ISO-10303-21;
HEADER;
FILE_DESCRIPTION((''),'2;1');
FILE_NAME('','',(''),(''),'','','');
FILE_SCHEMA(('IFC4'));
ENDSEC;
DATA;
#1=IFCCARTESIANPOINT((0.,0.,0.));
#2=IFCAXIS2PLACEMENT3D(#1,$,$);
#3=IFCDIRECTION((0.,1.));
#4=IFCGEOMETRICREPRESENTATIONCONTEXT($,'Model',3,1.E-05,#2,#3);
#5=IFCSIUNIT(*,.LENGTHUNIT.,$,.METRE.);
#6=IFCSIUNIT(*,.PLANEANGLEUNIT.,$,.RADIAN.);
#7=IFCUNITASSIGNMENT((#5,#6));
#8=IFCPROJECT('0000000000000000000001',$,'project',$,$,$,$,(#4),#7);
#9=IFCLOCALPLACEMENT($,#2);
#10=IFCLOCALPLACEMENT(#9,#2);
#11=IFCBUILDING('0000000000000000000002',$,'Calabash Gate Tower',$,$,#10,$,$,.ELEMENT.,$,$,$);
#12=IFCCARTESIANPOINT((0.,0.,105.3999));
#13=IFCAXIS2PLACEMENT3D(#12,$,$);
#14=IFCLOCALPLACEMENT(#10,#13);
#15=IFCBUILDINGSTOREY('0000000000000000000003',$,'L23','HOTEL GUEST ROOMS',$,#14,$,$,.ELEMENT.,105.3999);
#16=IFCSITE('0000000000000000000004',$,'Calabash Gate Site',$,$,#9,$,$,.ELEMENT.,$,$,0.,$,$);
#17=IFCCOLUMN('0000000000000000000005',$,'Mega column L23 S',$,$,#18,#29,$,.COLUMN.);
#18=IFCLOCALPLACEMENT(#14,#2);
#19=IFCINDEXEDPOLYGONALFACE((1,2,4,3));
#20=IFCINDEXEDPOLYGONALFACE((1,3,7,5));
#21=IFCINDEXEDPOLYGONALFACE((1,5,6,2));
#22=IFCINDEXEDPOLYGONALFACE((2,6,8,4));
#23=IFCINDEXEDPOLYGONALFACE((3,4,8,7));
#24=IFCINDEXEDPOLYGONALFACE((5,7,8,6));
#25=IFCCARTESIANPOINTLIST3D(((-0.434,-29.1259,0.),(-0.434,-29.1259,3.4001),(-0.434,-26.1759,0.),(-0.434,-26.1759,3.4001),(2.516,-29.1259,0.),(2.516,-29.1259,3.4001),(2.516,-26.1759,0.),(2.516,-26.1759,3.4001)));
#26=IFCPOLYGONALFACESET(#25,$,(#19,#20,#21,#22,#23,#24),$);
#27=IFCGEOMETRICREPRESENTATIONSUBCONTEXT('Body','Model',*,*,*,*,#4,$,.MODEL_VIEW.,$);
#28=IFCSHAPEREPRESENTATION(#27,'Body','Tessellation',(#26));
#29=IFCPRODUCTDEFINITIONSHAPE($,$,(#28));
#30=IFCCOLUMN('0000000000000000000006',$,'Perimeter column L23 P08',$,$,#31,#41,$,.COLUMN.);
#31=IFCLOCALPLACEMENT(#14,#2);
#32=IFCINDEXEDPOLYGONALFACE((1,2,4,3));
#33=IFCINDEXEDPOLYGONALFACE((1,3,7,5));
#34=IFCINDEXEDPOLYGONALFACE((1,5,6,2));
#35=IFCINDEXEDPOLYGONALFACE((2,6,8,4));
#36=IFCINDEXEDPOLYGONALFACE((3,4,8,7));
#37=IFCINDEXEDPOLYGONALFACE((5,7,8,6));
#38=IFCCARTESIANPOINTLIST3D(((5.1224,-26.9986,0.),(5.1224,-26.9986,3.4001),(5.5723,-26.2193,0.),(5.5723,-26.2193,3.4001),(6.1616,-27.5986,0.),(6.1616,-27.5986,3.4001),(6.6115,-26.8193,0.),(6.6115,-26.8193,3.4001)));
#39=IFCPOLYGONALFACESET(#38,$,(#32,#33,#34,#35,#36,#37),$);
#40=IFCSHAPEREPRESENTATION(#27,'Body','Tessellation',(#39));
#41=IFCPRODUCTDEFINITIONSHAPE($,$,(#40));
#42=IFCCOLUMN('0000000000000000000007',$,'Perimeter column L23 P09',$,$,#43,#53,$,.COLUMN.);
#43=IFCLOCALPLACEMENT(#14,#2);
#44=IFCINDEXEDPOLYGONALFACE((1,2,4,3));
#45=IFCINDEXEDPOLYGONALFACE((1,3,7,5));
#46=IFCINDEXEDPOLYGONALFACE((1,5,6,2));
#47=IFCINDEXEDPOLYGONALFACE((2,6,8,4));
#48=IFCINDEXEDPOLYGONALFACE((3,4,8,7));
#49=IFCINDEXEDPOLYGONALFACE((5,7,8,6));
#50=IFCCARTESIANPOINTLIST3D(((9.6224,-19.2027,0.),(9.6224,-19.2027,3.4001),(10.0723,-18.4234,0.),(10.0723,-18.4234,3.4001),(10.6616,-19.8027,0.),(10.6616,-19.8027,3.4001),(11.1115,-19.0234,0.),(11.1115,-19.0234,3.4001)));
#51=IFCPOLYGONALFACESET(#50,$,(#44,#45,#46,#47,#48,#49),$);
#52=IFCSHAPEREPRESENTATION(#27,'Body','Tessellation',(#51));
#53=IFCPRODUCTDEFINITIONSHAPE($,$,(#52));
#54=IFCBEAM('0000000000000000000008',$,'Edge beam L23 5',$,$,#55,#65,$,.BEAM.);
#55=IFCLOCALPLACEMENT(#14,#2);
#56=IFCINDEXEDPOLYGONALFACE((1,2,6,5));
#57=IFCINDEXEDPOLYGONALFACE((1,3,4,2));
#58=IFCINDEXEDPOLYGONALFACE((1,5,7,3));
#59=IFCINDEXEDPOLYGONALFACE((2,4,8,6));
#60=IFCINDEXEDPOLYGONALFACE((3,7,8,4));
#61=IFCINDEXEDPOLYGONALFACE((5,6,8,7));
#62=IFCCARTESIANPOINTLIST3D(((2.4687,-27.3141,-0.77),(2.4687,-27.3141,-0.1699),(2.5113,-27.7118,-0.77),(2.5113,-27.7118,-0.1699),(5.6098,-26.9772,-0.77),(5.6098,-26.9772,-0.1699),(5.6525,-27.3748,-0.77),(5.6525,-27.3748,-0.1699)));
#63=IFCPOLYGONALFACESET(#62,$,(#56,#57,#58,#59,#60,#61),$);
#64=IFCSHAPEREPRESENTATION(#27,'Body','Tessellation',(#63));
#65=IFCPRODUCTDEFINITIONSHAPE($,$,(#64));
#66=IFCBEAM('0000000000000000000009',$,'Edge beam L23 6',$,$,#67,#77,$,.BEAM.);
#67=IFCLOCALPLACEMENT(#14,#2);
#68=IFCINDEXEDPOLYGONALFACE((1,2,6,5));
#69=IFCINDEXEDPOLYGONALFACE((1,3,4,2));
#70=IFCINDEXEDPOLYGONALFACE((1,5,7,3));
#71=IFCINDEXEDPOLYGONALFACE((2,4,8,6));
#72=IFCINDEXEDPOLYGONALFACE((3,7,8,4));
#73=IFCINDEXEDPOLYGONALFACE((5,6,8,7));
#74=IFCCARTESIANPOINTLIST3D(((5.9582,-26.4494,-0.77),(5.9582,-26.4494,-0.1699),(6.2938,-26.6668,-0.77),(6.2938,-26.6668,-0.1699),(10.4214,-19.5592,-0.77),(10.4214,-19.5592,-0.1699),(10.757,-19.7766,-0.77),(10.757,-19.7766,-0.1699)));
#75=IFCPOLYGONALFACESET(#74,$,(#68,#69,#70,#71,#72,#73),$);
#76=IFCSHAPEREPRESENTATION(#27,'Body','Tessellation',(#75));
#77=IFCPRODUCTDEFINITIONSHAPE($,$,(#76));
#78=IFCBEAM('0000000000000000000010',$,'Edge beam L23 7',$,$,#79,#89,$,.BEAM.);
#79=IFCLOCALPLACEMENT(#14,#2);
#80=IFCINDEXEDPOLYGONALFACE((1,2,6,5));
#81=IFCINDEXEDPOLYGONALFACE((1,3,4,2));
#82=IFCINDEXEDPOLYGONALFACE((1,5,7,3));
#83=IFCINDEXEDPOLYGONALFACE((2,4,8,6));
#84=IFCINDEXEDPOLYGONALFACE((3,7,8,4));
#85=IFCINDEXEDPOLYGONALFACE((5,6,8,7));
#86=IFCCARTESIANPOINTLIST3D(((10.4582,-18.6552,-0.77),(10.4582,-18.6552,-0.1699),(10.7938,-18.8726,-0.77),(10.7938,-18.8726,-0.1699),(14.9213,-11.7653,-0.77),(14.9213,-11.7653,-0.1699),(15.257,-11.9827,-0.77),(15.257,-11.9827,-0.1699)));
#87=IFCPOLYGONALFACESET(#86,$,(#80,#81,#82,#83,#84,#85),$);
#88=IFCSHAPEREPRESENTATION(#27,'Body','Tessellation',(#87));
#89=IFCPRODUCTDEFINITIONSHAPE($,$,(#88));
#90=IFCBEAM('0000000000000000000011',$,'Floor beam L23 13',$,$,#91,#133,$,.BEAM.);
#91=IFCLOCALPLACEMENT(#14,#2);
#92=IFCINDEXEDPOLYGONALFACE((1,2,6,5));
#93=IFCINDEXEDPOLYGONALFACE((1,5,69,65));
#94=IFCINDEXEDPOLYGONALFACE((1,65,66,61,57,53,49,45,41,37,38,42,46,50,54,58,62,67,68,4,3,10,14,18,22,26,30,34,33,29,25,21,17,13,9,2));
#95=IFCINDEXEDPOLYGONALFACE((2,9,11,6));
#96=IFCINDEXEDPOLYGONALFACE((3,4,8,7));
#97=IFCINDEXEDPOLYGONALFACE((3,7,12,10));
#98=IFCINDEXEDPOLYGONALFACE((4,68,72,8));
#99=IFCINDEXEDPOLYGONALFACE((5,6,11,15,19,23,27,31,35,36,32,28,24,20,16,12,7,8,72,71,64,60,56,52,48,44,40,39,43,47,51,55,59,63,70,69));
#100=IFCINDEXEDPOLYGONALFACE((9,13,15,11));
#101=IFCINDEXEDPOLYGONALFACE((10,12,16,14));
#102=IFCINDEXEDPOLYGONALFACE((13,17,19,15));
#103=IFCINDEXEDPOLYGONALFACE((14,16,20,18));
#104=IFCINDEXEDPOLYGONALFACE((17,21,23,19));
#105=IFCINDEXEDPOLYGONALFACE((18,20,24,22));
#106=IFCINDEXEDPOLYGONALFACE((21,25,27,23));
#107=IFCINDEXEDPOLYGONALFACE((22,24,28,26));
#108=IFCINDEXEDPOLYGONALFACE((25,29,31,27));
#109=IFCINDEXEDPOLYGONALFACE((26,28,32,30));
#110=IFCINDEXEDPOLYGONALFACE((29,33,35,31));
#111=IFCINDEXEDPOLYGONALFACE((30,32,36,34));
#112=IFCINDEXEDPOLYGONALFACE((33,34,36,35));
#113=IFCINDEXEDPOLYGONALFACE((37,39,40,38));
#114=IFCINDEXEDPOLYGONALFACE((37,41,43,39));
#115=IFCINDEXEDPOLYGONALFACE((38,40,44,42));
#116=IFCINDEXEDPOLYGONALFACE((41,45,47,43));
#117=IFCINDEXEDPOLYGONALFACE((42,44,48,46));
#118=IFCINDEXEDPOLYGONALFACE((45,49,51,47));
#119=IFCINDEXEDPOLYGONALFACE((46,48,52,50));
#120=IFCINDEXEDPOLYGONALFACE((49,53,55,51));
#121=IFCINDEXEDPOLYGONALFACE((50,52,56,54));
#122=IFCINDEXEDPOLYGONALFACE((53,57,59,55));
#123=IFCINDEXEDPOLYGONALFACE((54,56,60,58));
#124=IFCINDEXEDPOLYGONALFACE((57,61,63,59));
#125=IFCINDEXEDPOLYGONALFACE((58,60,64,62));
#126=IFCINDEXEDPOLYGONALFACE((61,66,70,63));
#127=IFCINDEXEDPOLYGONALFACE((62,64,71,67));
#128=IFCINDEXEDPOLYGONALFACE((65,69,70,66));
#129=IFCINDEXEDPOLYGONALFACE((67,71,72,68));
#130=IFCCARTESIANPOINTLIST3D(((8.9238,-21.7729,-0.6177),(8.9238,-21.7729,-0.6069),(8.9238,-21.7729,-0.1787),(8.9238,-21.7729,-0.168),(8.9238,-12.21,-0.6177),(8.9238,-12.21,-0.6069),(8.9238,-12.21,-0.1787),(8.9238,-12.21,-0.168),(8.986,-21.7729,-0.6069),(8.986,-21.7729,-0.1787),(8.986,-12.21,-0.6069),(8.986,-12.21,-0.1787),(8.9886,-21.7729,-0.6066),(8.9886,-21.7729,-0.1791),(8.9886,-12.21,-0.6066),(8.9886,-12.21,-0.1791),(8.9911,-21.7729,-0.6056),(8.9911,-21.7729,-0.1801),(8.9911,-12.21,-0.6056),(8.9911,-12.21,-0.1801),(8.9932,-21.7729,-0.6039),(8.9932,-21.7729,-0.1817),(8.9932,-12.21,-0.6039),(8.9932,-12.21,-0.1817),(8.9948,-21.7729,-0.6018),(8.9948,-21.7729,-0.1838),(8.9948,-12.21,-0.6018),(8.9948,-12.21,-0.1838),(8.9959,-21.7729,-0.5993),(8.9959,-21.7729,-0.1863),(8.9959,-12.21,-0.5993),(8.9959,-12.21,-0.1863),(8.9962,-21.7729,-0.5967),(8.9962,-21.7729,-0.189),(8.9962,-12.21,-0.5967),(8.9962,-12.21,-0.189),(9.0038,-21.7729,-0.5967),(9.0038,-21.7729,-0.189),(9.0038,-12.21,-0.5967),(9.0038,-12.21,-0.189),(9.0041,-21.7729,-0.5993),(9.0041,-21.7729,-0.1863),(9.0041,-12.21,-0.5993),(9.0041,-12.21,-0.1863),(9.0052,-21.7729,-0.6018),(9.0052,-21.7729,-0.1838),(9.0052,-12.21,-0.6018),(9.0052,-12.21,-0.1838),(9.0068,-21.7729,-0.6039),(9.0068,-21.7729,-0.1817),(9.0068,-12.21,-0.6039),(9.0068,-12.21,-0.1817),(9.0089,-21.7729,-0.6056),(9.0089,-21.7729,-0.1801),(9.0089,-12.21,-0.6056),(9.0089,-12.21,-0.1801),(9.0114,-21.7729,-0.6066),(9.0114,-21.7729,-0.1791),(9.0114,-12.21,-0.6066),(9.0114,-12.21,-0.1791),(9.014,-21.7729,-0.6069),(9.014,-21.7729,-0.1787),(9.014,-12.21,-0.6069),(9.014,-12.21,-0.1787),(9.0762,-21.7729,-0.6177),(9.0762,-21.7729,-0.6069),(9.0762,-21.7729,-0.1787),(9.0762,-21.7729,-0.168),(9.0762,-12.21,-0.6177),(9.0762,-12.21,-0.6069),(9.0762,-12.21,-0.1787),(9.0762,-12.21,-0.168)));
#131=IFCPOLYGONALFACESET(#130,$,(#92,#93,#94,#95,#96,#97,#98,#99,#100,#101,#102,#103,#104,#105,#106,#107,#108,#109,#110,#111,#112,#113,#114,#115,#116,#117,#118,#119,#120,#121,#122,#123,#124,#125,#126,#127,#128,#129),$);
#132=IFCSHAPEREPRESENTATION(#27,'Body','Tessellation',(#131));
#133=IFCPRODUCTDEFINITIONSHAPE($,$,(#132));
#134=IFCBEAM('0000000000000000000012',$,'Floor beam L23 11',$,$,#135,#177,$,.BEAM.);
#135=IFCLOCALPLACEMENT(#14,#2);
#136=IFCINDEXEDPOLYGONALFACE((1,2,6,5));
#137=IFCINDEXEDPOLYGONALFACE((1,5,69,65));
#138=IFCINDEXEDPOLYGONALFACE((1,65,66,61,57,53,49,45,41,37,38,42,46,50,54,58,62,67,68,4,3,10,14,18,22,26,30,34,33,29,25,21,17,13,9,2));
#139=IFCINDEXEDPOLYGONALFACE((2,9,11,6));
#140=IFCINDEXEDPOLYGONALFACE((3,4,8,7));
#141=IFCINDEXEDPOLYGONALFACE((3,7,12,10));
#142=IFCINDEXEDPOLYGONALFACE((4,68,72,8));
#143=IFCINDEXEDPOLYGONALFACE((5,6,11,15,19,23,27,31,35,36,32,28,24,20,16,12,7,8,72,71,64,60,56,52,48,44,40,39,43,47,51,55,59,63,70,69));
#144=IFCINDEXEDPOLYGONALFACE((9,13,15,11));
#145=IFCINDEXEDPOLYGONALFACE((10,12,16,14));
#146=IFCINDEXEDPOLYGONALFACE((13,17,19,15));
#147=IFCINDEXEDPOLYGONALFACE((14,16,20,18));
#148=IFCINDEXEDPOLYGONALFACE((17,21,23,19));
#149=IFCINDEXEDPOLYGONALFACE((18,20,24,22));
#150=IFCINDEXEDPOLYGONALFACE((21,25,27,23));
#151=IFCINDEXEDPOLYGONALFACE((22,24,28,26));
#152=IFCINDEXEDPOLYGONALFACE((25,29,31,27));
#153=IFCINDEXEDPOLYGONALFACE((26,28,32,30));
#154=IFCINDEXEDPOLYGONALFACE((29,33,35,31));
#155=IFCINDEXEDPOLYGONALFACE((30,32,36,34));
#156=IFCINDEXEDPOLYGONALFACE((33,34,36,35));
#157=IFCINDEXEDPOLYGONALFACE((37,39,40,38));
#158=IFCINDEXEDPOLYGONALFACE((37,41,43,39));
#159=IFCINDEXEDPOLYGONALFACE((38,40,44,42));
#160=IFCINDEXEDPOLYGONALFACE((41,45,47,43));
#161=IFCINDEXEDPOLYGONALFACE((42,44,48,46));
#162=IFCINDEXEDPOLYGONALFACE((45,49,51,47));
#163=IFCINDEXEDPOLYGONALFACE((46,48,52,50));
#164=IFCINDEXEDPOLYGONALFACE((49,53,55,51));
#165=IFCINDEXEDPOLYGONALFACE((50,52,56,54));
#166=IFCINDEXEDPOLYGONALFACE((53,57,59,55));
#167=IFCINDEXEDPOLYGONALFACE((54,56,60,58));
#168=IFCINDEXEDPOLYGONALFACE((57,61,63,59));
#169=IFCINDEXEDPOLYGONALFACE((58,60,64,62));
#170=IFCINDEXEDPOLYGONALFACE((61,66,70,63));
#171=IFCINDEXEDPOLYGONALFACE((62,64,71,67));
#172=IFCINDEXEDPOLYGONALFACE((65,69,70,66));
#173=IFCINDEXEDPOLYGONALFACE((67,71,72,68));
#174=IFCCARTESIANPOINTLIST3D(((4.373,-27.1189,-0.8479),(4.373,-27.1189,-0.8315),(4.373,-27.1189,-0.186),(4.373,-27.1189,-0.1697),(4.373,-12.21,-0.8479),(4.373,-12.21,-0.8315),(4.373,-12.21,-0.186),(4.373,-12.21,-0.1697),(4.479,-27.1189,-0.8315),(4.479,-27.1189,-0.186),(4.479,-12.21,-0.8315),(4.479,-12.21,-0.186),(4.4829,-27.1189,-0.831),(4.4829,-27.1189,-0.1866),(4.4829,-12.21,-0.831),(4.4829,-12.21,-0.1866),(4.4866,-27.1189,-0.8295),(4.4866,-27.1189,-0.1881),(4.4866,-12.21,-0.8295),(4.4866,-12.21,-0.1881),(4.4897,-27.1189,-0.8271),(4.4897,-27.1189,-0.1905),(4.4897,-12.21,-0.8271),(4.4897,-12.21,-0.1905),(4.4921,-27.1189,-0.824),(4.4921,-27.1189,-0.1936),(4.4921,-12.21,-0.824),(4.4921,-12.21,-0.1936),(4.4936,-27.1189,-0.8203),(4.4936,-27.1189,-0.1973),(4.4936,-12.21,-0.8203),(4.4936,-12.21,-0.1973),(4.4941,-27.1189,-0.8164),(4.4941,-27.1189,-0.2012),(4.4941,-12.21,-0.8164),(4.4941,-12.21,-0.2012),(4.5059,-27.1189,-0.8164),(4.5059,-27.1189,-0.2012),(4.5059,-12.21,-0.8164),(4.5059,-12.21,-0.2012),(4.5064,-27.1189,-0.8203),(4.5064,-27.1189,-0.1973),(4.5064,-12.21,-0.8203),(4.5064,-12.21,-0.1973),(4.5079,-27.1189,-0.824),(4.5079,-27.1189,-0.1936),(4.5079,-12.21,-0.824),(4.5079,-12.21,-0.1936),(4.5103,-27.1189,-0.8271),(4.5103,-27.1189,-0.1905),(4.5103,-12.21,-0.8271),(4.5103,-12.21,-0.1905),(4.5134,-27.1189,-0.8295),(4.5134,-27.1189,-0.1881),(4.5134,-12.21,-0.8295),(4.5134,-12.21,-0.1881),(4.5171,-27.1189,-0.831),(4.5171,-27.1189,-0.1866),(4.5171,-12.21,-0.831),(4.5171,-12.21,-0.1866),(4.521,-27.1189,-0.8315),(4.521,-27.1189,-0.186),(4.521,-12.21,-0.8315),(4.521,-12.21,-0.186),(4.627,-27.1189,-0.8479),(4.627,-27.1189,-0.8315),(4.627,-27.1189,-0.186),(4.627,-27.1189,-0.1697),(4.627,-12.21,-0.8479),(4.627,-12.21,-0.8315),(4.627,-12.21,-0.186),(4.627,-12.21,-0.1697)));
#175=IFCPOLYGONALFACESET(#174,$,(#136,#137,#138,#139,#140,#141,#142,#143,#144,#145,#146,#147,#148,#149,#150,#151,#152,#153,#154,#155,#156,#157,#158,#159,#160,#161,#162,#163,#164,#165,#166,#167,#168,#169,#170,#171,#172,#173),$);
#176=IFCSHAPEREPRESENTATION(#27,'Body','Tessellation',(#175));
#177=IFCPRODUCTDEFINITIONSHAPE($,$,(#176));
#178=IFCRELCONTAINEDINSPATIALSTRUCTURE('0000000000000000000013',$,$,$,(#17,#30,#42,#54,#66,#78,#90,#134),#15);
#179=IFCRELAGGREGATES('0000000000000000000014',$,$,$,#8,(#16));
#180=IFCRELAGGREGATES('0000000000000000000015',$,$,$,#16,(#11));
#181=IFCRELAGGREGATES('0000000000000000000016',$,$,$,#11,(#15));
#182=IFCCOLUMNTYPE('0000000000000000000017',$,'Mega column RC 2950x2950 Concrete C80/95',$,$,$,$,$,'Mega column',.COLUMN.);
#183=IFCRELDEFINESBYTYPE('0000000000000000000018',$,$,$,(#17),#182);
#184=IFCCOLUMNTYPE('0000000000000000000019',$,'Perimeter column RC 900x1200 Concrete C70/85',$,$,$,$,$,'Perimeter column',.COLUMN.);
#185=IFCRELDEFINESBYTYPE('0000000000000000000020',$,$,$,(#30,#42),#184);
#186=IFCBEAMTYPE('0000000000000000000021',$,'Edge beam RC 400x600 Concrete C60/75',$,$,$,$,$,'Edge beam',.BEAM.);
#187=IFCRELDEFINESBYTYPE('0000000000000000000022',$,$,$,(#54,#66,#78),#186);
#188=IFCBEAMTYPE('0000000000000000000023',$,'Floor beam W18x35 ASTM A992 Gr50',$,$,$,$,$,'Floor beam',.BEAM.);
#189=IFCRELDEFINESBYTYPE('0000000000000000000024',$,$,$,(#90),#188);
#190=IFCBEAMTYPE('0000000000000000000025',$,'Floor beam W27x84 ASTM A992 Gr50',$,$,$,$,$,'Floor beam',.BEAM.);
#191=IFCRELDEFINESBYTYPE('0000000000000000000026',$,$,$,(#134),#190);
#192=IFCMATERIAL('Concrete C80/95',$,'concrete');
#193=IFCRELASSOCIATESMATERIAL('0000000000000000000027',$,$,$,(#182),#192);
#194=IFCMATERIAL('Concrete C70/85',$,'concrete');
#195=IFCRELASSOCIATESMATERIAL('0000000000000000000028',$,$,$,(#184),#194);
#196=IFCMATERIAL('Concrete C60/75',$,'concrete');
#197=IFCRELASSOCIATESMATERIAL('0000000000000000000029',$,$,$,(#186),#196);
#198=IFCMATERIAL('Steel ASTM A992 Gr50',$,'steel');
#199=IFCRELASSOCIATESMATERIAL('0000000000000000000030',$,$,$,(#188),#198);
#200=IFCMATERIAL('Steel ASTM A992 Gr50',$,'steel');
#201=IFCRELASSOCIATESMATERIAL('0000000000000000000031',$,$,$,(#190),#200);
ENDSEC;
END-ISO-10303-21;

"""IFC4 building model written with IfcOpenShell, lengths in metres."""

from ifc_helpers import new_model, si_unit, direction, frame, origin, origin_2d, place, context, subcontext, project, spatial, rectangle, i_section, extrude, material, material_profile, profile_set, type_object, element, save


model = new_model("IFC4")

# Units and contexts
model_context = context("Model", 3, precision=1e-05, world=origin(), true_north=direction((0.0, 1.0)))
body_context = subcontext(model_context, "Body", "Model", "MODEL_VIEW")
ifc_project = project(units=[si_unit("LENGTHUNIT", "METRE"), si_unit("PLANEANGLEUNIT", "RADIAN")], contexts=[model_context])

# Site, building, storey
site_placement = place(None, origin())
site = spatial("IfcSite", under=ifc_project, at=site_placement, Name="Calabash Gate Site", CompositionType="ELEMENT", RefElevation=0.0)
building_placement = place(site_placement, origin())
building = spatial("IfcBuilding", under=site, at=building_placement, Name="Calabash Gate Tower", CompositionType="ELEMENT")
storey_placement = place(building_placement, frame((0.0, 0.0, 105.3999)))
storey = spatial("IfcBuildingStorey", under=building, at=storey_placement, Name="L23", Description="HOTEL GUEST ROOMS", CompositionType="ELEMENT", Elevation=105.3999)

# Columns
ifc_material_1 = material(Name="Concrete C80/95", Category="concrete")
ifc_material_profile_1 = material_profile(ifc_material_1, rectangle(XDim=2.95, YDim=2.95, at=origin_2d()))
ifc_profile_set_1 = profile_set([ifc_material_profile_1], Name="Concrete C80/95")
column_type_1 = type_object("IfcColumnType", Name="Mega column RC 2950x2950 Concrete C80/95", ElementType="Mega column", PredefinedType="COLUMN", material=ifc_profile_set_1)
column_placement = place(storey_placement, frame((1.041, -27.6509, 0.0), z_axis=(0.0, 0.0, 1.0), x_axis=(0.0, 1.0, 0.0)))
element("IfcColumn", 1, at=column_placement, inside=storey, type_object=column_type_1, Name="Mega column L23 S", PredefinedType="COLUMN", context=body_context, shape_type="SweptSolid", body=[
    extrude(rectangle(XDim=2.95, YDim=2.95, at=origin_2d()), origin(), (0.0, 0.0, 1.0), 3.4001),
])
ifc_material_2 = material(Name="Concrete C70/85", Category="concrete")
ifc_material_profile_2 = material_profile(ifc_material_2, rectangle(XDim=0.8999, YDim=1.2, at=origin_2d()))
ifc_profile_set_2 = profile_set([ifc_material_profile_2], Name="Concrete C70/85")
column_type_2 = type_object("IfcColumnType", Name="Perimeter column RC 900x1200 Concrete C70/85", ElementType="Perimeter column", PredefinedType="COLUMN", material=ifc_profile_set_2)
for number, where, z_axis, x_axis, name in (
    (2, (5.8669, -26.9089, 0.0), (0.0, 0.0, 1.0), (0.5, 0.866025, 0.0), "Perimeter column L23 P08"),
    (3, (10.3669, -19.113, 0.0), (0.0, 0.0, 1.0), (0.5, 0.866025, 0.0), "Perimeter column L23 P09"),
):
    element("IfcColumn", number, at=place(storey_placement, frame(where, z_axis=z_axis, x_axis=x_axis)), inside=storey, type_object=column_type_2, Name=name, PredefinedType="COLUMN", context=body_context, shape_type="SweptSolid", body=[
        extrude(rectangle(XDim=0.8999, YDim=1.2, at=origin_2d()), origin(), (0.0, 0.0, 1.0), 3.4001),
    ])

# Beams
ifc_material_3 = material(Name="Concrete C60/75", Category="concrete")
ifc_material_profile_3 = material_profile(ifc_material_3, rectangle(XDim=0.3999, YDim=0.6001, at=origin_2d()))
ifc_profile_set_3 = profile_set([ifc_material_profile_3], Name="Concrete C60/75")
beam_type_1 = type_object("IfcBeamType", Name="Edge beam RC 400x600 Concrete C60/75", ElementType="Edge beam", PredefinedType="BEAM", material=ifc_profile_set_3)
beam_1_placement = place(storey_placement, frame((2.49, -27.5129, -0.47), z_axis=(0.994297, 0.106648, 0.0), x_axis=(-0.106648, 0.994297, 0.0)))
element("IfcBeam", 4, at=beam_1_placement, inside=storey, type_object=beam_type_1, Name="Edge beam L23 5", PredefinedType="BEAM", context=body_context, shape_type="SweptSolid", body=[
    extrude(rectangle(XDim=0.3999, YDim=0.6001, at=origin_2d()), origin(), (0.0, 0.0, 1.0), 3.1592),
])
beam_2_placement = place(storey_placement, frame((6.126, -26.5581, -0.47), z_axis=(0.543664, 0.839303, 0.0), x_axis=(-0.839303, 0.543664, 0.0)))
element("IfcBeam", 5, at=beam_2_placement, inside=storey, type_object=beam_type_1, Name="Edge beam L23 6", PredefinedType="BEAM", context=body_context, shape_type="SweptSolid", body=[
    extrude(rectangle(XDim=0.3999, YDim=0.6001, at=origin_2d()), origin(), (0.0, 0.0, 1.0), 8.2095),
])
beam_3_placement = place(storey_placement, frame((10.626, -18.7639, -0.47), z_axis=(0.543678, 0.839294, 0.0), x_axis=(-0.839294, 0.543678, 0.0)))
element("IfcBeam", 6, at=beam_3_placement, inside=storey, type_object=beam_type_1, Name="Edge beam L23 7", PredefinedType="BEAM", context=body_context, shape_type="SweptSolid", body=[
    extrude(rectangle(XDim=0.3999, YDim=0.6001, at=origin_2d()), origin(), (0.0, 0.0, 1.0), 8.2092),
])
ifc_material_4 = material(Name="Steel ASTM A992 Gr50", Category="steel")
ifc_material_profile_4 = material_profile(ifc_material_4, i_section(OverallWidth=0.1523, OverallDepth=0.4497, WebThickness=0.0076, FlangeThickness=0.0107, FilletRadius=0.0103, at=origin_2d()))
ifc_profile_set_4 = profile_set([ifc_material_profile_4], Name="Steel ASTM A992 Gr50")
beam_type_2 = type_object("IfcBeamType", Name="Floor beam W18x35 ASTM A992 Gr50", ElementType="Floor beam", PredefinedType="BEAM", material=ifc_profile_set_4)
beam_4_placement = place(storey_placement, frame((9.0, -21.7729, -0.3928), z_axis=(0.0, 1.0, 0.0), x_axis=(-1.0, 0.0, 0.0)))
element("IfcBeam", 7, at=beam_4_placement, inside=storey, type_object=beam_type_2, Name="Floor beam L23 13", PredefinedType="BEAM", context=body_context, shape_type="SweptSolid", body=[
    extrude(i_section(OverallWidth=0.1523, OverallDepth=0.4497, WebThickness=0.0076, FlangeThickness=0.0107, FilletRadius=0.0103, at=origin_2d()), origin(), (0.0, 0.0, 1.0), 9.563),
])
ifc_material_5 = material(Name="Steel ASTM A992 Gr50", Category="steel")
ifc_material_profile_5 = material_profile(ifc_material_5, i_section(OverallWidth=0.2539, OverallDepth=0.6782, WebThickness=0.0117, FlangeThickness=0.0164, FilletRadius=0.0151, at=origin_2d()))
ifc_profile_set_5 = profile_set([ifc_material_profile_5], Name="Steel ASTM A992 Gr50")
beam_type_3 = type_object("IfcBeamType", Name="Floor beam W27x84 ASTM A992 Gr50", ElementType="Floor beam", PredefinedType="BEAM", material=ifc_profile_set_5)
beam_5_placement = place(storey_placement, frame((4.5, -27.1189, -0.5088), z_axis=(0.0, 1.0, 0.0), x_axis=(-1.0, 0.0, 0.0)))
element("IfcBeam", 8, at=beam_5_placement, inside=storey, type_object=beam_type_3, Name="Floor beam L23 11", PredefinedType="BEAM", context=body_context, shape_type="SweptSolid", body=[
    extrude(i_section(OverallWidth=0.2539, OverallDepth=0.6782, WebThickness=0.0117, FlangeThickness=0.0164, FilletRadius=0.0151, at=origin_2d()), origin(), (0.0, 0.0, 1.0), 14.9089),
])

save(model, "model.ifc")
